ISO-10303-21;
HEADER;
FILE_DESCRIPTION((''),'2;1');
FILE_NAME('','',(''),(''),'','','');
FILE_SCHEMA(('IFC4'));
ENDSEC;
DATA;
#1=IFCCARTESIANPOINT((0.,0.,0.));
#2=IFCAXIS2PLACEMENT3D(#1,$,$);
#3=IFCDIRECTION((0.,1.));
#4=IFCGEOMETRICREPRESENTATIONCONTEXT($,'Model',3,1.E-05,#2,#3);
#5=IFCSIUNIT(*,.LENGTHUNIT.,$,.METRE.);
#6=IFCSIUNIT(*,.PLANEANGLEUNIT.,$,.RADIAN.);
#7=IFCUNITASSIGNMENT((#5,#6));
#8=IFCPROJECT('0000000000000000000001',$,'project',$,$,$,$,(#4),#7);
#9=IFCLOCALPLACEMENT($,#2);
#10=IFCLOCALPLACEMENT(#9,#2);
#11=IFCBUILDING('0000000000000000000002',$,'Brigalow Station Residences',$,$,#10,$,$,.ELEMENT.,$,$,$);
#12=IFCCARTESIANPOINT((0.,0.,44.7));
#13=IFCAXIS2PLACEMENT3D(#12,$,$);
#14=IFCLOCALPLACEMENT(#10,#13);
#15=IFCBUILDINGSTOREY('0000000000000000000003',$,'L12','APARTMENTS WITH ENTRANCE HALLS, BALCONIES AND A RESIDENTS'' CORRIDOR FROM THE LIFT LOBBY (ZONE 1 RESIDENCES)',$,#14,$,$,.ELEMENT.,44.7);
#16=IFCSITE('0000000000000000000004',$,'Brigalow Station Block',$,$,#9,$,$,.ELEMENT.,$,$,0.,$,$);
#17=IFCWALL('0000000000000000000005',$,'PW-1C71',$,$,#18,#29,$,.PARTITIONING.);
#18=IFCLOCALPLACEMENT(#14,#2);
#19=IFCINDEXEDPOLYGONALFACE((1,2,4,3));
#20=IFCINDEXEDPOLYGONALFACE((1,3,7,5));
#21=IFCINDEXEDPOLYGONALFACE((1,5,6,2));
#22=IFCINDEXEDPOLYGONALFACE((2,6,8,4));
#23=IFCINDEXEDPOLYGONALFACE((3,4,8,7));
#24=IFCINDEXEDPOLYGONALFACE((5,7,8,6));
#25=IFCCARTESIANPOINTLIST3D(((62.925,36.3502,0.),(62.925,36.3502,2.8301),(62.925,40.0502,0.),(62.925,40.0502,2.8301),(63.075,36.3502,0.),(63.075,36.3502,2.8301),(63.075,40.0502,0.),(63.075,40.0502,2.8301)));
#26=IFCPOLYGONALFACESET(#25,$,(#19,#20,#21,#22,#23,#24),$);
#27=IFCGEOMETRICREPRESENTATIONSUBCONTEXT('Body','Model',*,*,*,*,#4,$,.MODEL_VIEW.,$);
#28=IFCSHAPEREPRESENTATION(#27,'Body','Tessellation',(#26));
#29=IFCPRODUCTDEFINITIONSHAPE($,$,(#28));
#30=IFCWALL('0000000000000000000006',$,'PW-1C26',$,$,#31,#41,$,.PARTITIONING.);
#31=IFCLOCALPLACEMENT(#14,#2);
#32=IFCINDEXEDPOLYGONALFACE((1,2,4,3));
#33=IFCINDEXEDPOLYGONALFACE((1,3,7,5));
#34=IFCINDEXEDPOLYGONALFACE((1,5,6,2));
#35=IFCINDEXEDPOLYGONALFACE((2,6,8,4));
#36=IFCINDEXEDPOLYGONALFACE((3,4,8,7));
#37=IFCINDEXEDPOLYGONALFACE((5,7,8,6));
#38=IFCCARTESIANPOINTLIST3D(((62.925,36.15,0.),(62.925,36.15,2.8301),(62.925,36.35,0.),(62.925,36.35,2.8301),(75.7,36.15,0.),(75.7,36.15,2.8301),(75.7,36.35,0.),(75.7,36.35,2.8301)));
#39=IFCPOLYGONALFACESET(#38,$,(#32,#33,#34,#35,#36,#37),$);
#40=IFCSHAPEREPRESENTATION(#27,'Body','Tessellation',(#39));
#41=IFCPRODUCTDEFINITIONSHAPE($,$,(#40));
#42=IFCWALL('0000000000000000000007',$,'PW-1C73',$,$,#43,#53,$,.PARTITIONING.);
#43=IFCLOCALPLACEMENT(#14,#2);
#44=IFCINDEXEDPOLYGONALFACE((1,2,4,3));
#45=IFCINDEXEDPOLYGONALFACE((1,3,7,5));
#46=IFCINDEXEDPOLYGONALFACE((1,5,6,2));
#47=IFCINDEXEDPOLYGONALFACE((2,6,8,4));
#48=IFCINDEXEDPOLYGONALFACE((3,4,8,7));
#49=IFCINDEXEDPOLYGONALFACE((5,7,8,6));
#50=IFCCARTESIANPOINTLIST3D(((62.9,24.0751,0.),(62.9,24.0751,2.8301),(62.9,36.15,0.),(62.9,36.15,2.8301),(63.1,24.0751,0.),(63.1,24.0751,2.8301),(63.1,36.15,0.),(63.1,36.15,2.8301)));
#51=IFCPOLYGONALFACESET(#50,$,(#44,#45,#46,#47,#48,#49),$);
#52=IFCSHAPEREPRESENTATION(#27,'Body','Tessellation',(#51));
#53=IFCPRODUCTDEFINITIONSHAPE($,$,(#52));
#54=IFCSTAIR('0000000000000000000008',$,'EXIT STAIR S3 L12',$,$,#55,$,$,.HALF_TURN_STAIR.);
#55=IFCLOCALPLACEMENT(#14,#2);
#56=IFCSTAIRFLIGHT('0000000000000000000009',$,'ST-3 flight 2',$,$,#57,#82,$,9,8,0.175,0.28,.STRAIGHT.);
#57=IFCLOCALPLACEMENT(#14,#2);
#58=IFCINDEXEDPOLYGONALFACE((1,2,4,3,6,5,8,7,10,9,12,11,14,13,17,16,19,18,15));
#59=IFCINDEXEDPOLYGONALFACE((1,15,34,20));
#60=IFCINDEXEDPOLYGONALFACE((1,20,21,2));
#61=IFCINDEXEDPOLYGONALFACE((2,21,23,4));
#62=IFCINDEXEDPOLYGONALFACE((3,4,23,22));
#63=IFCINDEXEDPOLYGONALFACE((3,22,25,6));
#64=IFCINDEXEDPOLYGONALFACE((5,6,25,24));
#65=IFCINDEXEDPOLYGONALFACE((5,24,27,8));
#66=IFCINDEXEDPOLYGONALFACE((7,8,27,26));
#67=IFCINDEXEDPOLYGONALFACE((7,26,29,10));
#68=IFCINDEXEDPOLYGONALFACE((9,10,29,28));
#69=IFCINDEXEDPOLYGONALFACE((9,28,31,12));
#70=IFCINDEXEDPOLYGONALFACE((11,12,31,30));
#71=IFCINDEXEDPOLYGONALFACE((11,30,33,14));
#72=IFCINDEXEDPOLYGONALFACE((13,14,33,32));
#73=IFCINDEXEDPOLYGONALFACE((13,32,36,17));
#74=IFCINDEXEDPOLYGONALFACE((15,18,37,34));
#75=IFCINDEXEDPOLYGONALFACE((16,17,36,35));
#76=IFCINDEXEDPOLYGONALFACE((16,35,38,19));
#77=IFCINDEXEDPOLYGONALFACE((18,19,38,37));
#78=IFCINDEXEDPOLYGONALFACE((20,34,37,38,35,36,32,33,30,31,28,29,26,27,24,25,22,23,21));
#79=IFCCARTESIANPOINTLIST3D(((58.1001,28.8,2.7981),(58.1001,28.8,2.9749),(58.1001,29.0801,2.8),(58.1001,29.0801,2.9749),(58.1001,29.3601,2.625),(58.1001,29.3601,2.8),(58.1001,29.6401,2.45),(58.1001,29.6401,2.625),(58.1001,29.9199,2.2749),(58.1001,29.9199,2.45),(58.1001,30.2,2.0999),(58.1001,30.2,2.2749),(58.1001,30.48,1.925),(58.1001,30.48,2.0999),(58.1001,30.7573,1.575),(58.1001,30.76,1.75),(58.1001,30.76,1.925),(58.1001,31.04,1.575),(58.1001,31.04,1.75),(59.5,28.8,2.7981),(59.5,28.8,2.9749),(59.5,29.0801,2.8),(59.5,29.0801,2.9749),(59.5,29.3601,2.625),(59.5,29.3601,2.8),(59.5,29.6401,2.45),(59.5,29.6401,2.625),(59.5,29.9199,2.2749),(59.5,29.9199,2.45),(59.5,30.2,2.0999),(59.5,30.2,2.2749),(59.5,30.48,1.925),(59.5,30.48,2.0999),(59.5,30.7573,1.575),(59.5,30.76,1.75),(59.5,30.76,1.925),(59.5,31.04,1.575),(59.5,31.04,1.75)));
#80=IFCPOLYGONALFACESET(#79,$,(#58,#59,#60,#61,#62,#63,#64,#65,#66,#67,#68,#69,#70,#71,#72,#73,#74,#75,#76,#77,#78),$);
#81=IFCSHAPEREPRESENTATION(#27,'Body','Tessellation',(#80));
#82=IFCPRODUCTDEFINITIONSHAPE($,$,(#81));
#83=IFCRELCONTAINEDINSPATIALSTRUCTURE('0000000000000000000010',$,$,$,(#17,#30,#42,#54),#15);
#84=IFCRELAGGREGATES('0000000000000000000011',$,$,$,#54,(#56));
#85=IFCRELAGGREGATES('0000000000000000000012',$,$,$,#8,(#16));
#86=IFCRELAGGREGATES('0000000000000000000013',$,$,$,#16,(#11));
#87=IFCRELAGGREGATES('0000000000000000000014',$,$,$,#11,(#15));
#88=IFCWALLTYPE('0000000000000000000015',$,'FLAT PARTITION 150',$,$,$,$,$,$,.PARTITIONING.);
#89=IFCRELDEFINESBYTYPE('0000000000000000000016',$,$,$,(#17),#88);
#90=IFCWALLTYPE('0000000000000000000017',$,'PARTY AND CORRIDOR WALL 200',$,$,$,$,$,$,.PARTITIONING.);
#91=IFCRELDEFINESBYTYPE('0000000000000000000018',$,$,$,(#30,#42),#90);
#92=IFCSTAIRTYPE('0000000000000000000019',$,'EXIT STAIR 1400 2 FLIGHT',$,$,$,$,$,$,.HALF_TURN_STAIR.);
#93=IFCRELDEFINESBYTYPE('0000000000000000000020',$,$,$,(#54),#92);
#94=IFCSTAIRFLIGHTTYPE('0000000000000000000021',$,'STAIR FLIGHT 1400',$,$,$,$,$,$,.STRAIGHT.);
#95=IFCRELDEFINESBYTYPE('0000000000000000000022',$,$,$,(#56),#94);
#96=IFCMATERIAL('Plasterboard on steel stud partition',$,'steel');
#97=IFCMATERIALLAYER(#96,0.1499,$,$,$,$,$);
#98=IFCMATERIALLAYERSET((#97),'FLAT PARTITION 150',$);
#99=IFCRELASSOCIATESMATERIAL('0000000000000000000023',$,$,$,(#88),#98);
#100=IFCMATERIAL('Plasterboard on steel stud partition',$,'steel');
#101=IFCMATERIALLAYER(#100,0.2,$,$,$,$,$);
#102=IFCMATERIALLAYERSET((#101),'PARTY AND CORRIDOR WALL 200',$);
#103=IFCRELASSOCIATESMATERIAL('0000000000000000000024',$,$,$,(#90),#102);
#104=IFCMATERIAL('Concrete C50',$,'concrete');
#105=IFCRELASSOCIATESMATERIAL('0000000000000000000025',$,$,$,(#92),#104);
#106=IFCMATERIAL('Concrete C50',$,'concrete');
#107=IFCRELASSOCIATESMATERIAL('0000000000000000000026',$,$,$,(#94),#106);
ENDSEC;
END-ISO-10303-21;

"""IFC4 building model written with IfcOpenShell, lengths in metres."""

from ifc_helpers import new_model, si_unit, direction, frame, frame_2d, origin, place, context, subcontext, project, spatial, polyline, rectangle, outline, extrude, material, layer, layer_set, type_object, element, aggregate, save


model = new_model("IFC4")

# Units and contexts
model_context = context("Model", 3, precision=1e-05, world=origin(), true_north=direction((0.0, 1.0)))
body_context = subcontext(model_context, "Body", "Model", "MODEL_VIEW")
ifc_project = project(units=[si_unit("LENGTHUNIT", "METRE"), si_unit("PLANEANGLEUNIT", "RADIAN")], contexts=[model_context])

# Site, building, storey
site_placement = place(None, origin())
site = spatial("IfcSite", under=ifc_project, at=site_placement, Name="Brigalow Station Block", CompositionType="ELEMENT", RefElevation=0.0)
building_placement = place(site_placement, origin())
building = spatial("IfcBuilding", under=site, at=building_placement, Name="Brigalow Station Residences", CompositionType="ELEMENT")
storey_placement = place(building_placement, frame((0.0, 0.0, 44.7)))
storey = spatial("IfcBuildingStorey", under=building, at=storey_placement, Name="L12", Description="APARTMENTS WITH ENTRANCE HALLS, BALCONIES AND A RESIDENTS' CORRIDOR FROM THE LIFT LOBBY (ZONE 1 RESIDENCES)", CompositionType="ELEMENT", Elevation=44.7)

# Shared definitions
ifc_material_1 = material(Name="Plasterboard on steel stud partition", Category="steel")
ifc_layer_1 = layer(ifc_material_1, 0.1499)
ifc_layer_set_1 = layer_set([ifc_layer_1], Name="FLAT PARTITION 150")
wall_type_1 = type_object("IfcWallType", Name="FLAT PARTITION 150", PredefinedType="PARTITIONING", material=ifc_layer_set_1)

# Walls
wall_1_placement = place(storey_placement, frame((63.0, 36.3501, 0.0), z_axis=(0.0, 0.0, 1.0), x_axis=(0.0, 1.0, 0.0)))
element("IfcWall", 1, at=wall_1_placement, inside=storey, type_object=wall_type_1, Name="PW-1C71", PredefinedType="PARTITIONING", context=body_context, shape_type="SweptSolid", body=[
    extrude(rectangle(XDim=3.7, YDim=0.1499, at=frame_2d((1.8501, 0.0))), origin(), (0.0, 0.0, 1.0), 2.8301),
])
ifc_material_2 = material(Name="Plasterboard on steel stud partition", Category="steel")
ifc_layer_2 = layer(ifc_material_2, 0.2)
ifc_layer_set_2 = layer_set([ifc_layer_2], Name="PARTY AND CORRIDOR WALL 200")
wall_type_2 = type_object("IfcWallType", Name="PARTY AND CORRIDOR WALL 200", PredefinedType="PARTITIONING", material=ifc_layer_set_2)
wall_2_placement = place(storey_placement, frame((62.925, 36.25, 0.0), z_axis=(0.0, 0.0, 1.0), x_axis=(1.0, 0.0, 0.0)))
element("IfcWall", 2, at=wall_2_placement, inside=storey, type_object=wall_type_2, Name="PW-1C26", PredefinedType="PARTITIONING", context=body_context, shape_type="SweptSolid", body=[
    extrude(rectangle(XDim=12.7749, YDim=0.2, at=frame_2d((6.3875, 0.0))), origin(), (0.0, 0.0, 1.0), 2.8301),
])
wall_3_placement = place(storey_placement, frame((63.0, 24.075, 0.0), z_axis=(0.0, 0.0, 1.0), x_axis=(0.0, 1.0, 0.0)))
element("IfcWall", 3, at=wall_3_placement, inside=storey, type_object=wall_type_2, Name="PW-1C73", PredefinedType="PARTITIONING", context=body_context, shape_type="SweptSolid", body=[
    extrude(rectangle(XDim=12.075, YDim=0.2, at=frame_2d((6.0376, 0.0))), origin(), (0.0, 0.0, 1.0), 2.8301),
])

# Stair, stair flight
ifc_material_3 = material(Name="Concrete C50", Category="concrete")
stair_type = type_object("IfcStairType", Name="EXIT STAIR 1400 2 FLIGHT", PredefinedType="HALF_TURN_STAIR", material=ifc_material_3)
stair_placement = place(storey_placement, origin())
stair = element("IfcStair", 4, at=stair_placement, inside=storey, type_object=stair_type, Name="EXIT STAIR S3 L12", PredefinedType="HALF_TURN_STAIR")
ifc_material_4 = material(Name="Concrete C50", Category="concrete")
stair_flight_type = type_object("IfcStairFlightType", Name="STAIR FLIGHT 1400", PredefinedType="STRAIGHT", material=ifc_material_4)
stair_flight_placement = place(storey_placement, frame((58.8, 31.04, 1.575), z_axis=(0.0, 0.0, 1.0), x_axis=(0.0, -1.0, 0.0)))
stair_flight = element("IfcStairFlight", 5, at=stair_flight_placement, type_object=stair_flight_type, Name="ST-3 flight 2", NumberOfRisers=9, NumberOfTreads=8, PredefinedType="STRAIGHT", RiserHeight=0.175, TreadLength=0.28, context=body_context, shape_type="SweptSolid", body=[
    extrude(outline(polyline([(0.0, 0.0), (0.0, 0.175), (0.28, 0.175), (0.28, 0.3501), (0.5601, 0.3501), (0.5601, 0.5249), (0.8401, 0.5249), (0.8401, 0.7), (1.1201, 0.7), (1.1201, 0.875), (1.3999, 0.875), (1.3999, 1.05), (1.6799, 1.05), (1.6799, 1.2251), (1.96, 1.2251), (1.96, 1.3999), (2.24, 1.3999), (2.24, 1.575), (2.24, 1.2231), (0.2827, 0.0), (0.0, 0.0)])), frame((0.0, 0.7, 0.0), z_axis=(0.0, -1.0, 0.0), x_axis=(1.0, 0.0, 0.0)), (0.0, 0.0, 1.0), 1.3999),
])
aggregate(stair, [stair_flight])

save(model, "model.ifc")
